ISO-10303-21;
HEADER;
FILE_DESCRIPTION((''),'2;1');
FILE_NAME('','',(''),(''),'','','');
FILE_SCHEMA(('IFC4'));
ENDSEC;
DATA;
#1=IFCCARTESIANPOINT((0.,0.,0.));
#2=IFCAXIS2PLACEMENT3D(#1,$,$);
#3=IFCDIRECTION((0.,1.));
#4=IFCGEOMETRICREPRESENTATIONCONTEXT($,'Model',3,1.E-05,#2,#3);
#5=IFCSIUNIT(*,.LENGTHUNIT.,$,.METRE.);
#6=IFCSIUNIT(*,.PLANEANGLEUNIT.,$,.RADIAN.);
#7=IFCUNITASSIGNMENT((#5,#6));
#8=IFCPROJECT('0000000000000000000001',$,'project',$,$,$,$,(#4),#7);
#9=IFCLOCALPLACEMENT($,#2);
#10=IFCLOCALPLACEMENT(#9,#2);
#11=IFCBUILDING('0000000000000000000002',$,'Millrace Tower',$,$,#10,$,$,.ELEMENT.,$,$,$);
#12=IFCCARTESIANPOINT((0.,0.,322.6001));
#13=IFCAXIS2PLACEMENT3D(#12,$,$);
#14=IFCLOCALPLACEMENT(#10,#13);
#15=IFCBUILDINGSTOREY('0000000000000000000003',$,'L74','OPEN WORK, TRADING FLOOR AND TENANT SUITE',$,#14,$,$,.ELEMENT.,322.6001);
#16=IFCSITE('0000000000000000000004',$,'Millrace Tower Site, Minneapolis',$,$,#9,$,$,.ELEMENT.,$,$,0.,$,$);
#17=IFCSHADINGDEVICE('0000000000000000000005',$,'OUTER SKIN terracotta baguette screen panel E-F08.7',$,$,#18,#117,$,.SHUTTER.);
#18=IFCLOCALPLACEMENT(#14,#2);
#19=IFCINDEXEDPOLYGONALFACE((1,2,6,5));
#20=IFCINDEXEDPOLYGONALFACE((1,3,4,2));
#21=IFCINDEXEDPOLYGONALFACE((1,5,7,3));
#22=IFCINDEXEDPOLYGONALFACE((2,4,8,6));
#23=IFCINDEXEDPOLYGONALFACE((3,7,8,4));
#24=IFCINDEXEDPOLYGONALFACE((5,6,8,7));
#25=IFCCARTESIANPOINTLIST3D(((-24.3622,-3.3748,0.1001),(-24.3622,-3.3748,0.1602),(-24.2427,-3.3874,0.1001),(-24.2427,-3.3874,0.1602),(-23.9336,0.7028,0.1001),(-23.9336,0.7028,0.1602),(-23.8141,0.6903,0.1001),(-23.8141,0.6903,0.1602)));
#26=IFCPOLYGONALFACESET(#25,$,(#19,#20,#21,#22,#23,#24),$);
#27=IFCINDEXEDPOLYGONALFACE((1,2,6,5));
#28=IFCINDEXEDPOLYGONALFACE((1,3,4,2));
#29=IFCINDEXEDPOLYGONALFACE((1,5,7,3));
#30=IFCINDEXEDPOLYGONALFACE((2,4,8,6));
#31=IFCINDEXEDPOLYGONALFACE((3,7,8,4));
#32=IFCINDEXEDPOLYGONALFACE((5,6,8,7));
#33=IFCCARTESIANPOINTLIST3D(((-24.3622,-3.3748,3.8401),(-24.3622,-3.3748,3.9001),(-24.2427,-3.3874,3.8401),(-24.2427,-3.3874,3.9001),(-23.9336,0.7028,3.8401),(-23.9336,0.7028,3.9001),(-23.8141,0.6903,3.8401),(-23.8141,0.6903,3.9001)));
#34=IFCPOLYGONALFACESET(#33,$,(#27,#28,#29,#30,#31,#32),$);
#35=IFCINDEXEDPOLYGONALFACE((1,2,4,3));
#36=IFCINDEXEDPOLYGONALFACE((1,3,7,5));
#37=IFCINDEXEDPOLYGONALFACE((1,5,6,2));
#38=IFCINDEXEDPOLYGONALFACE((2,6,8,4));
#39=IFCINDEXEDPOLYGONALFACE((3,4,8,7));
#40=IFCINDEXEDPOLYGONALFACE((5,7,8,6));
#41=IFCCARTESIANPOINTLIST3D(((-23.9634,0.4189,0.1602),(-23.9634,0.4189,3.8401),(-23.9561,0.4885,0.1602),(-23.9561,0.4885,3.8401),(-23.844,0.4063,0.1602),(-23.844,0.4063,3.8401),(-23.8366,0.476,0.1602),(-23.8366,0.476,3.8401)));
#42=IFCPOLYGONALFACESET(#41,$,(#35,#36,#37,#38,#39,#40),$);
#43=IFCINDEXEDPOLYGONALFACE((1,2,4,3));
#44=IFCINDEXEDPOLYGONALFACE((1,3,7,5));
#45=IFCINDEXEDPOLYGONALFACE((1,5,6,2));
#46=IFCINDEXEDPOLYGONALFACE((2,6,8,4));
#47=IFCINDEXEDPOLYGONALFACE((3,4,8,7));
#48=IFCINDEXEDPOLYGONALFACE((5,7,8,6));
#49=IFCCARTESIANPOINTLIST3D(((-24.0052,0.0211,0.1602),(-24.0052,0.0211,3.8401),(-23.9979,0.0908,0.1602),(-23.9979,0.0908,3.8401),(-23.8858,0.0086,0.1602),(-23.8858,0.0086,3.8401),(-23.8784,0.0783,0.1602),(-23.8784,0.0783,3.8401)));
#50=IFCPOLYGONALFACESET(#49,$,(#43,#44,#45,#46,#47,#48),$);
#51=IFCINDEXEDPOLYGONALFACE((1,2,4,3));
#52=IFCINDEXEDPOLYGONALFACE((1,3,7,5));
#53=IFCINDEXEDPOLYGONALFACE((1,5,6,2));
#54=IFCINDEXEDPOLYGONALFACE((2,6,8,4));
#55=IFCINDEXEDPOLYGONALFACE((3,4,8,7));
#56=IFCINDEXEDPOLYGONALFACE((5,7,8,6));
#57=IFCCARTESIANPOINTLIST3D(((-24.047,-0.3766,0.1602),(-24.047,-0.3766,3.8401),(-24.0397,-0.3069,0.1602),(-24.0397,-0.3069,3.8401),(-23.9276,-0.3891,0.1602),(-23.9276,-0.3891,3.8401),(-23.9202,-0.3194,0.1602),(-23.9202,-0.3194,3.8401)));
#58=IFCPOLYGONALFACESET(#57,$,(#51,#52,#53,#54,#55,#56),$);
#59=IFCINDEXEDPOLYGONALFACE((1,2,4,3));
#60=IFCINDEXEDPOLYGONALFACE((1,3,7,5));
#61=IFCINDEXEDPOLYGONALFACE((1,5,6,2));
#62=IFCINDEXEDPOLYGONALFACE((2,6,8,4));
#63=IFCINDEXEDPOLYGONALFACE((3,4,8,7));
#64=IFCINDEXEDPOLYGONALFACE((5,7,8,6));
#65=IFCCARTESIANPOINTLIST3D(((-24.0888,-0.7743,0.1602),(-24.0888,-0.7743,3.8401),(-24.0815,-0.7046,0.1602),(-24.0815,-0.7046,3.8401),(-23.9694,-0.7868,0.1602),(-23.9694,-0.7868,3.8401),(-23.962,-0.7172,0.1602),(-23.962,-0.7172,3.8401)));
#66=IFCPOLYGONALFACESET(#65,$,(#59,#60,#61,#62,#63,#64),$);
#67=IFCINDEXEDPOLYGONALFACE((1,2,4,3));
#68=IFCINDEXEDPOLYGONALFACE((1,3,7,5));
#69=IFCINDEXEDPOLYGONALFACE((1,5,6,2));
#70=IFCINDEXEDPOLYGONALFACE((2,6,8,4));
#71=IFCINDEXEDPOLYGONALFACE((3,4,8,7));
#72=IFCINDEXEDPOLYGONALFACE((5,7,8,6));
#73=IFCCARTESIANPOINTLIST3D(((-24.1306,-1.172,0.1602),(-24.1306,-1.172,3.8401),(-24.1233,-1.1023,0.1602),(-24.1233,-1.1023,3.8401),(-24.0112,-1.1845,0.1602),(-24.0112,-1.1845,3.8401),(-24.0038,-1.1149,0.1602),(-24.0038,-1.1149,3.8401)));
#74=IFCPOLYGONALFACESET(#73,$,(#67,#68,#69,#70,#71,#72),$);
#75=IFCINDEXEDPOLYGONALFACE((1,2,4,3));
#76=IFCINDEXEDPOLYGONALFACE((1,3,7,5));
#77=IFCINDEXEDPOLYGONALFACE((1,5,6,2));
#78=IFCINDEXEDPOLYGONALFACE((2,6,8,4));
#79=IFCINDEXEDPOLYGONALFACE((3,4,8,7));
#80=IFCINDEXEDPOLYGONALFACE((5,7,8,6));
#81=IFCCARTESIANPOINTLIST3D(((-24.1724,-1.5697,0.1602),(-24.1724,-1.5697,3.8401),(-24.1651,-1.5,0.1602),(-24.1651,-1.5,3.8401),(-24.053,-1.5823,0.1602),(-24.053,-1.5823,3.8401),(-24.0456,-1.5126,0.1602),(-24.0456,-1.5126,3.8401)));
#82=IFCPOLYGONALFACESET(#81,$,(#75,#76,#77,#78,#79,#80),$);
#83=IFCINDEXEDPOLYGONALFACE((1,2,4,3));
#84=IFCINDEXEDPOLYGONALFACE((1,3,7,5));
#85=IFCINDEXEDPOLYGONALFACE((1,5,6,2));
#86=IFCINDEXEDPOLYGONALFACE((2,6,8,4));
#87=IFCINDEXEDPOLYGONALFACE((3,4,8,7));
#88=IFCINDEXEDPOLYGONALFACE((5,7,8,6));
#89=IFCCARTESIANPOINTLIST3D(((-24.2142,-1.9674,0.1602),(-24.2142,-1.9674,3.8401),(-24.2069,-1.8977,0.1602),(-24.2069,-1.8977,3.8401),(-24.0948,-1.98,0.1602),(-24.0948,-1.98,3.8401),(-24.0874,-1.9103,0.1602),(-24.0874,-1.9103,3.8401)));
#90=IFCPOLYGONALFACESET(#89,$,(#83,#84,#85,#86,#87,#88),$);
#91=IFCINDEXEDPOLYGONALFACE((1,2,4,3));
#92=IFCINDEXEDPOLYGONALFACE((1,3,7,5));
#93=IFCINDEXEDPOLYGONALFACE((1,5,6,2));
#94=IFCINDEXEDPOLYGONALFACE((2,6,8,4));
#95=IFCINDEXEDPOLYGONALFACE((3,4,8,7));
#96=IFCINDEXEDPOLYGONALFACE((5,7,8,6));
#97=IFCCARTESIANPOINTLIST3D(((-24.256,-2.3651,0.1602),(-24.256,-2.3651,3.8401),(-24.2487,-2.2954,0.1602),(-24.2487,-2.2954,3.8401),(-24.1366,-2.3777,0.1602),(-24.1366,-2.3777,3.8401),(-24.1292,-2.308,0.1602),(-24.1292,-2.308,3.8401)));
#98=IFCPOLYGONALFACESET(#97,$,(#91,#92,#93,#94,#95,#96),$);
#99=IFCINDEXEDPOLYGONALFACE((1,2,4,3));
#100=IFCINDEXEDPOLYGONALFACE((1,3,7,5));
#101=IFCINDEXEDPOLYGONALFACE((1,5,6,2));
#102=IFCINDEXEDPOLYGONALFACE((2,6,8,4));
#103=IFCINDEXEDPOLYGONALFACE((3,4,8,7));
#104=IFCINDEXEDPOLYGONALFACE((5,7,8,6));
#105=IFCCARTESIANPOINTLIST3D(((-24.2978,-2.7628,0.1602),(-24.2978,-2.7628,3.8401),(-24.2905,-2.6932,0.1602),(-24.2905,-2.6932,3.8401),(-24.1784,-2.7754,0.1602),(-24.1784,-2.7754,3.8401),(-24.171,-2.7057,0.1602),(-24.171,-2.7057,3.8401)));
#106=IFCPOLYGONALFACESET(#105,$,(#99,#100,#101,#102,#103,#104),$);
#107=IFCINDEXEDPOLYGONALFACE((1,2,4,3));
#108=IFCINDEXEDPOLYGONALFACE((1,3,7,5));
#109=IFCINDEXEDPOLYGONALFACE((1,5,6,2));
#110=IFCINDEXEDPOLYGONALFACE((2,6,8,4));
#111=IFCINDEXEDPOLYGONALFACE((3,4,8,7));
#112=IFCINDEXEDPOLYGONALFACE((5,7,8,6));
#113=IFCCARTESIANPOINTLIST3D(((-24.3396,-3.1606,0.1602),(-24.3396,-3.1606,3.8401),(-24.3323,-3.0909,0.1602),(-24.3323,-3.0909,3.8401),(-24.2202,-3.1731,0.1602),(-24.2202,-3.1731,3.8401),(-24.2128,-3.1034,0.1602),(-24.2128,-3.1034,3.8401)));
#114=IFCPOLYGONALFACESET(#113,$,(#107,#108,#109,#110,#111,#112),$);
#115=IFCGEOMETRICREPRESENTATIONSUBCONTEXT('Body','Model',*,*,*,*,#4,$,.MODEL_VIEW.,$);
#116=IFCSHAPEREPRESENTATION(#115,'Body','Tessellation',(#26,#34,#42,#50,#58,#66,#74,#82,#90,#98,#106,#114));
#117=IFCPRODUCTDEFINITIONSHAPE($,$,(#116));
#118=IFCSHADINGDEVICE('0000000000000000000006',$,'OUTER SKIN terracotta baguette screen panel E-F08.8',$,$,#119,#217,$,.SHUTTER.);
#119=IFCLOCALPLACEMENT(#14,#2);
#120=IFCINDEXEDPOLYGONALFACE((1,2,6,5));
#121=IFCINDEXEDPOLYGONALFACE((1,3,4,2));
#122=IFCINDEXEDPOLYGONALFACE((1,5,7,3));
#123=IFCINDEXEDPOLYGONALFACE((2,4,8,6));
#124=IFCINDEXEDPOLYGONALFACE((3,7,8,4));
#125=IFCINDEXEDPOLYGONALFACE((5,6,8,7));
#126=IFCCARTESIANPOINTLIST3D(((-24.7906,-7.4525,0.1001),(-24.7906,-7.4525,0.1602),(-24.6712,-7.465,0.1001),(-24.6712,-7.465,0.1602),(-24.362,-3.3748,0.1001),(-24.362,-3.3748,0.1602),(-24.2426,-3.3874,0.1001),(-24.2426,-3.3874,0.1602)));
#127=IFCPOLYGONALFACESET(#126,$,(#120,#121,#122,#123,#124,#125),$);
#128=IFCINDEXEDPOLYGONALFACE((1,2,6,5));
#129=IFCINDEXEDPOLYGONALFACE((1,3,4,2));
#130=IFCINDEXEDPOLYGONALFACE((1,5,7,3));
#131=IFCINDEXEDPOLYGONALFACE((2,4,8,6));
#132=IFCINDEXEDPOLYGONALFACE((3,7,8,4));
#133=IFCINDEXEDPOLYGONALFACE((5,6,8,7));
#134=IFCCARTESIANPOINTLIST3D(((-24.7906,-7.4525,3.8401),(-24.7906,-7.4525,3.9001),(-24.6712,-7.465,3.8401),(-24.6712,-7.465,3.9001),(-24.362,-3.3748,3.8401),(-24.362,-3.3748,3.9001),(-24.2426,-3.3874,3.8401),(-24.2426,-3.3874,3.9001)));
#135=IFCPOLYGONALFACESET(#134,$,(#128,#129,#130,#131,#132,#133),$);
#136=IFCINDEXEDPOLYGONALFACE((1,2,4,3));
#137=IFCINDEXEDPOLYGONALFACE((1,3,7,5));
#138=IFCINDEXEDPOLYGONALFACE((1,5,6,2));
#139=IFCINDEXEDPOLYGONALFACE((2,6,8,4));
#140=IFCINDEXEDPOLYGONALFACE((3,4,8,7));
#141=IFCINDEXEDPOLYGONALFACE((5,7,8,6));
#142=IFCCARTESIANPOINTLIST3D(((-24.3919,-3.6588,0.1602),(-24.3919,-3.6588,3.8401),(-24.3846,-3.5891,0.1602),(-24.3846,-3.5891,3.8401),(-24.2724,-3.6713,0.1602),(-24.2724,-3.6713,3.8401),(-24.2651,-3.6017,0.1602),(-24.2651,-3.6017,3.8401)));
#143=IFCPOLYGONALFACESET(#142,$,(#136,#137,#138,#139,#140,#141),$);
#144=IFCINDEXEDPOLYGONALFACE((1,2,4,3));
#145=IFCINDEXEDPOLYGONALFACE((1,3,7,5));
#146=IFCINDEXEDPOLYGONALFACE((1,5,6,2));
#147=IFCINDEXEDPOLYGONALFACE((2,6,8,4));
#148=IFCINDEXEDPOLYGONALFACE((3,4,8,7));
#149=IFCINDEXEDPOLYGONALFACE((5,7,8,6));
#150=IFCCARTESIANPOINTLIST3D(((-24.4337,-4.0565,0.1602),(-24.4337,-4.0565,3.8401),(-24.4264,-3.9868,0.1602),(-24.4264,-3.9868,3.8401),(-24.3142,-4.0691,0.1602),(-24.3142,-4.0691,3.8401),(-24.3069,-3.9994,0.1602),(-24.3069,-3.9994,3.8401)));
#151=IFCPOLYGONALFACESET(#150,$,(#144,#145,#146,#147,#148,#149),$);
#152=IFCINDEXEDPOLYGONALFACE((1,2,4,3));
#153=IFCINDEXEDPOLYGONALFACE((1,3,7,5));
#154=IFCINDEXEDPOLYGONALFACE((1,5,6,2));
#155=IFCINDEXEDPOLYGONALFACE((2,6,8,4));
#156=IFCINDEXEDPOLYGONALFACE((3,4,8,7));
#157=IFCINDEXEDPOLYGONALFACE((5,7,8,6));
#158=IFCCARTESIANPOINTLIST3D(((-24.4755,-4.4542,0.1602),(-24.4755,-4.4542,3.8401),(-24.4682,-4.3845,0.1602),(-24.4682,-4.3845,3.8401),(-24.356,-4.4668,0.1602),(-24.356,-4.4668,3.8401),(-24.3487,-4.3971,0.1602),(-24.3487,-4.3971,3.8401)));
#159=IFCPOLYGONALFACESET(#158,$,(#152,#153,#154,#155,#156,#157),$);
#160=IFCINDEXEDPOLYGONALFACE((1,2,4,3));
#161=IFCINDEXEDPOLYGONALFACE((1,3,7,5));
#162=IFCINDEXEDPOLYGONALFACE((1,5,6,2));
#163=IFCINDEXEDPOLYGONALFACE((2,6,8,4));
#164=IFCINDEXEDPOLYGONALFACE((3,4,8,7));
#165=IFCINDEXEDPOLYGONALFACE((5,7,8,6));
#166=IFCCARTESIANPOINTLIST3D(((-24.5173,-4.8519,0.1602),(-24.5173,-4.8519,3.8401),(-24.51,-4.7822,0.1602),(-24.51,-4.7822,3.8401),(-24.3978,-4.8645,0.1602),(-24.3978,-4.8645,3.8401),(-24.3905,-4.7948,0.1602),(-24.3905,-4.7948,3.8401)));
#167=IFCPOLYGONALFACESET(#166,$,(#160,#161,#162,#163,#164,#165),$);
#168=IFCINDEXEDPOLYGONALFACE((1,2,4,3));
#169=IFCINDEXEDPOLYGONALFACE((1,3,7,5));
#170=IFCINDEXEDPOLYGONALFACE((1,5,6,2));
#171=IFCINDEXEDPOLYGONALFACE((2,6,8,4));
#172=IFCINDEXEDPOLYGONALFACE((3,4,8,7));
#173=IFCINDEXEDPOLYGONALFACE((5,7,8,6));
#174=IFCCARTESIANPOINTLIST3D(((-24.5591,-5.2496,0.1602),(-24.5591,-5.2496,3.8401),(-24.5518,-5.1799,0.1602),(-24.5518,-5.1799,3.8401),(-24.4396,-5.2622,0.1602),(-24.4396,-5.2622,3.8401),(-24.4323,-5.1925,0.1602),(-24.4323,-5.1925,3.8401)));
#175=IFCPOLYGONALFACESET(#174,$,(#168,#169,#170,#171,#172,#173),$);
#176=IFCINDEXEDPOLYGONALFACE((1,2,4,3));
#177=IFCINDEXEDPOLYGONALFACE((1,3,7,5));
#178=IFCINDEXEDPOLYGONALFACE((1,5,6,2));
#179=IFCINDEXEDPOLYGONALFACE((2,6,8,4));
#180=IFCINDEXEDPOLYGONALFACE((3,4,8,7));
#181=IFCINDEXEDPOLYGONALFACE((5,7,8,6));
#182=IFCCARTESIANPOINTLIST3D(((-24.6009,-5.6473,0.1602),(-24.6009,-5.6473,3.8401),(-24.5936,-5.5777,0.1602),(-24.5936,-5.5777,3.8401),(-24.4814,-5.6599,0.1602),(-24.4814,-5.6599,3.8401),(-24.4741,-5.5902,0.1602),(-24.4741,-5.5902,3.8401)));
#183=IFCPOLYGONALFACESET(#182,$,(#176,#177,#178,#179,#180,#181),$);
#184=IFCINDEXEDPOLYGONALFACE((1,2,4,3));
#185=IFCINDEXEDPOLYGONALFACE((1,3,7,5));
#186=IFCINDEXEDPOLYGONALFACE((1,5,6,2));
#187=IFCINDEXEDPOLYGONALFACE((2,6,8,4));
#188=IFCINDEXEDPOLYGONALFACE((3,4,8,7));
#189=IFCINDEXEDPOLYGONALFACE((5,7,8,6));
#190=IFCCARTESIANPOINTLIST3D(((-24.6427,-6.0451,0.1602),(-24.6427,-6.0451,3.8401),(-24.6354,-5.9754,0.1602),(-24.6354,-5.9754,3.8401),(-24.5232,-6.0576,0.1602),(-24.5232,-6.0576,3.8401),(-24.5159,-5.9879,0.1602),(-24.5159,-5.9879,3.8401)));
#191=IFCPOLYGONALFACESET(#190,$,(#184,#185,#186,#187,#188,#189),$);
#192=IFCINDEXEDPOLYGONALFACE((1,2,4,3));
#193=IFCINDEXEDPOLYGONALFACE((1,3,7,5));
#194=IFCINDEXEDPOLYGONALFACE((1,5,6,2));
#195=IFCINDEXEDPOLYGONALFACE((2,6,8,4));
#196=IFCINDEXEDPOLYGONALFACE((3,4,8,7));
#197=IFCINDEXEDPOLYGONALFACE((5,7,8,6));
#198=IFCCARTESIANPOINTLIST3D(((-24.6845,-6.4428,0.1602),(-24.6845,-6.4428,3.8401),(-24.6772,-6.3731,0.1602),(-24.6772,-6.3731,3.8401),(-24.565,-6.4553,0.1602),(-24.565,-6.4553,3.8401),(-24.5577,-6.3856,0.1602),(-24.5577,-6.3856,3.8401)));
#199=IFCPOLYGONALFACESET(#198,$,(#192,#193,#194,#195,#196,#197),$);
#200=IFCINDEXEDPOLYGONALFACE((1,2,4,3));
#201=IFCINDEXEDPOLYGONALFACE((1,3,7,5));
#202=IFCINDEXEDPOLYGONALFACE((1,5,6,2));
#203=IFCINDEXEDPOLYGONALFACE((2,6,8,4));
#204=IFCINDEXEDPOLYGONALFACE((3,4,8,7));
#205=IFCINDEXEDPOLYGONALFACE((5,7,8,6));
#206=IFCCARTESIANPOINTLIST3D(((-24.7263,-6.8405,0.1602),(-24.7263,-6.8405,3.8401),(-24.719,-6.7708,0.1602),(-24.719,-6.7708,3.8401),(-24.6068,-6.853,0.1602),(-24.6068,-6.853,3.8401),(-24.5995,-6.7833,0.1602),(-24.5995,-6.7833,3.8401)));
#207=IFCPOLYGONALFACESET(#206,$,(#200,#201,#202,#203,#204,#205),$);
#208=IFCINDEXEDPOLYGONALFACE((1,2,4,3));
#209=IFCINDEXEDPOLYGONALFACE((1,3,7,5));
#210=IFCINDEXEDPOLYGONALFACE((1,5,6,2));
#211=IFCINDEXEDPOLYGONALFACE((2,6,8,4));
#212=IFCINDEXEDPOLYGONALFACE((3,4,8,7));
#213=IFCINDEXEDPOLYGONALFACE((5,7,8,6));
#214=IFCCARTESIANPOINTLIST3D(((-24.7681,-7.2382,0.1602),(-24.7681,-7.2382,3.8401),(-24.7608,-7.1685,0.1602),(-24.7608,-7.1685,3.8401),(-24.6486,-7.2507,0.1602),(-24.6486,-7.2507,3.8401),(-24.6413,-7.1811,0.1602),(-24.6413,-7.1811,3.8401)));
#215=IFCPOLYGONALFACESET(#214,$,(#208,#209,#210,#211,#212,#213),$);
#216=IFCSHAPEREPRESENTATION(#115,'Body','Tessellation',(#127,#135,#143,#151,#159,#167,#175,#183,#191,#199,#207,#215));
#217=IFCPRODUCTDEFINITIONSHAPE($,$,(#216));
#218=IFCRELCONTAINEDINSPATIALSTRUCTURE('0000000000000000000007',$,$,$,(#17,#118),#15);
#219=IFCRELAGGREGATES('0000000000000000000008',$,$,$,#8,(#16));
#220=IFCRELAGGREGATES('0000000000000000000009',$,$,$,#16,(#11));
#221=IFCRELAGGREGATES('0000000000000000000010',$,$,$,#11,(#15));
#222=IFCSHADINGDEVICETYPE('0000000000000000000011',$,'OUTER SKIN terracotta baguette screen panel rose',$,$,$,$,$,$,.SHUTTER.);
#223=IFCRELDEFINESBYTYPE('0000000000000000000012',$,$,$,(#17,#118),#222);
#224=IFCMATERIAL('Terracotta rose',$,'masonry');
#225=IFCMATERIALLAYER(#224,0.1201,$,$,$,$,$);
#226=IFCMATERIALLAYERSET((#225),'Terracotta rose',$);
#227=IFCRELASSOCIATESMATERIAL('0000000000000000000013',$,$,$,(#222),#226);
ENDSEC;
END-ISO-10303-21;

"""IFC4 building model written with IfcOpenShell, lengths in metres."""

from ifc_helpers import new_model, entity, si_unit, direction, frame, frame_2d, origin, place, context, subcontext, project, spatial, rectangle, extrude, source, transform, mapped, material, layer, layer_set, type_object, element, save


model = new_model("IFC4")

# Units and contexts
model_context = context("Model", 3, precision=1e-05, world=origin(), true_north=direction((0.0, 1.0)))
body_context = subcontext(model_context, "Body", "Model", "MODEL_VIEW")
ifc_project = project(units=[si_unit("LENGTHUNIT", "METRE"), si_unit("PLANEANGLEUNIT", "RADIAN")], contexts=[model_context])

# Site, building, storey
site_placement = place(None, origin())
site = spatial("IfcSite", under=ifc_project, at=site_placement, Name="Millrace Tower Site, Minneapolis", CompositionType="ELEMENT", RefElevation=0.0)
building_placement = place(site_placement, origin())
building = spatial("IfcBuilding", under=site, at=building_placement, Name="Millrace Tower", CompositionType="ELEMENT")
storey_placement = place(building_placement, frame((0.0, 0.0, 322.6001)))
storey = spatial("IfcBuildingStorey", under=building, at=storey_placement, Name="L74", Description="OPEN WORK, TRADING FLOOR AND TENANT SUITE", CompositionType="ELEMENT", Elevation=322.6001)

# Shading devices
ifc_material_1 = material(Name="Terracotta rose", Category="masonry")
ifc_layer_1 = layer(ifc_material_1, 0.1201)
ifc_layer_set_1 = layer_set([ifc_layer_1], Name="Terracotta rose")
shading_device_type = type_object("IfcShadingDeviceType", Name="OUTER SKIN terracotta baguette screen panel rose", PredefinedType="SHUTTER", material=ifc_layer_set_1)
cartesian_point_1 = entity("IfcCartesianPoint", [-2.05, 0.0601])
shared_polyline_1 = entity("IfcPolyline", [cartesian_point_1, entity("IfcCartesianPoint", [2.05, 0.0601]), entity("IfcCartesianPoint", [2.05, -0.0601]), entity("IfcCartesianPoint", [-2.05, -0.0601]), cartesian_point_1])
shared_shape_1 = source(origin(), body_context, "Body", "SweptSolid", [
    entity("IfcExtrudedAreaSolid", entity("IfcArbitraryClosedProfileDef", "AREA", None, shared_polyline_1), entity("IfcAxis2Placement3D", entity("IfcCartesianPoint", [0.0, 0.0, 0.0])), entity("IfcDirection", [0.0, 0.0, 1.0]), 0.0601),
    entity("IfcExtrudedAreaSolid", entity("IfcArbitraryClosedProfileDef", "AREA", None, shared_polyline_1), entity("IfcAxis2Placement3D", entity("IfcCartesianPoint", [0.0, 0.0, 3.74])), entity("IfcDirection", [0.0, 0.0, 1.0]), 0.0601),
    extrude(rectangle(XDim=0.0701, YDim=0.1201, at=frame_2d((-1.7996, 0.0))), frame((0.0, 0.0, 0.0601)), (0.0, 0.0, 1.0), 3.6799),
    extrude(rectangle(XDim=0.0701, YDim=0.1201, at=frame_2d((-1.3997, 0.0))), frame((0.0, 0.0, 0.0601)), (0.0, 0.0, 1.0), 3.6799),
    extrude(rectangle(XDim=0.0701, YDim=0.1201, at=frame_2d((-0.9998, 0.0))), frame((0.0, 0.0, 0.0601)), (0.0, 0.0, 1.0), 3.6799),
    extrude(rectangle(XDim=0.0701, YDim=0.1201, at=frame_2d((-0.5999, 0.0))), frame((0.0, 0.0, 0.0601)), (0.0, 0.0, 1.0), 3.6799),
    extrude(rectangle(XDim=0.0701, YDim=0.1201, at=frame_2d((-0.2, 0.0))), frame((0.0, 0.0, 0.0601)), (0.0, 0.0, 1.0), 3.6799),
    extrude(rectangle(XDim=0.0701, YDim=0.1201, at=frame_2d((0.2, 0.0))), frame((0.0, 0.0, 0.0601)), (0.0, 0.0, 1.0), 3.6799),
    extrude(rectangle(XDim=0.0701, YDim=0.1201, at=frame_2d((0.5999, 0.0))), frame((0.0, 0.0, 0.0601)), (0.0, 0.0, 1.0), 3.6799),
    extrude(rectangle(XDim=0.0701, YDim=0.1201, at=frame_2d((0.9998, 0.0))), frame((0.0, 0.0, 0.0601)), (0.0, 0.0, 1.0), 3.6799),
    extrude(rectangle(XDim=0.0701, YDim=0.1201, at=frame_2d((1.3997, 0.0))), frame((0.0, 0.0, 0.0601)), (0.0, 0.0, 1.0), 3.6799),
    extrude(rectangle(XDim=0.0701, YDim=0.1201, at=frame_2d((1.7996, 0.0))), frame((0.0, 0.0, 0.0601)), (0.0, 0.0, 1.0), 3.6799),
])
for number, where, z_axis, x_axis, name in (
    (1, (-24.0881, -1.3423, 0.1001), (0.0, 0.0, 1.0), (-0.104528, -0.994522, 0.0), "OUTER SKIN terracotta baguette screen panel E-F08.7"),
    (2, (-24.5166, -5.4199, 0.1001), (0.0, 0.0, 1.0), (-0.104528, -0.994522, 0.0), "OUTER SKIN terracotta baguette screen panel E-F08.8"),
):
    element("IfcShadingDevice", number, at=place(storey_placement, frame(where, z_axis=z_axis, x_axis=x_axis)), inside=storey, type_object=shading_device_type, Name=name, PredefinedType="SHUTTER", context=body_context, shape_type="MappedRepresentation", body=[
        mapped(shared_shape_1, transform((0.0, 0.0, 0.0), scale=1.0)),
    ])

save(model, "model.ifc")
